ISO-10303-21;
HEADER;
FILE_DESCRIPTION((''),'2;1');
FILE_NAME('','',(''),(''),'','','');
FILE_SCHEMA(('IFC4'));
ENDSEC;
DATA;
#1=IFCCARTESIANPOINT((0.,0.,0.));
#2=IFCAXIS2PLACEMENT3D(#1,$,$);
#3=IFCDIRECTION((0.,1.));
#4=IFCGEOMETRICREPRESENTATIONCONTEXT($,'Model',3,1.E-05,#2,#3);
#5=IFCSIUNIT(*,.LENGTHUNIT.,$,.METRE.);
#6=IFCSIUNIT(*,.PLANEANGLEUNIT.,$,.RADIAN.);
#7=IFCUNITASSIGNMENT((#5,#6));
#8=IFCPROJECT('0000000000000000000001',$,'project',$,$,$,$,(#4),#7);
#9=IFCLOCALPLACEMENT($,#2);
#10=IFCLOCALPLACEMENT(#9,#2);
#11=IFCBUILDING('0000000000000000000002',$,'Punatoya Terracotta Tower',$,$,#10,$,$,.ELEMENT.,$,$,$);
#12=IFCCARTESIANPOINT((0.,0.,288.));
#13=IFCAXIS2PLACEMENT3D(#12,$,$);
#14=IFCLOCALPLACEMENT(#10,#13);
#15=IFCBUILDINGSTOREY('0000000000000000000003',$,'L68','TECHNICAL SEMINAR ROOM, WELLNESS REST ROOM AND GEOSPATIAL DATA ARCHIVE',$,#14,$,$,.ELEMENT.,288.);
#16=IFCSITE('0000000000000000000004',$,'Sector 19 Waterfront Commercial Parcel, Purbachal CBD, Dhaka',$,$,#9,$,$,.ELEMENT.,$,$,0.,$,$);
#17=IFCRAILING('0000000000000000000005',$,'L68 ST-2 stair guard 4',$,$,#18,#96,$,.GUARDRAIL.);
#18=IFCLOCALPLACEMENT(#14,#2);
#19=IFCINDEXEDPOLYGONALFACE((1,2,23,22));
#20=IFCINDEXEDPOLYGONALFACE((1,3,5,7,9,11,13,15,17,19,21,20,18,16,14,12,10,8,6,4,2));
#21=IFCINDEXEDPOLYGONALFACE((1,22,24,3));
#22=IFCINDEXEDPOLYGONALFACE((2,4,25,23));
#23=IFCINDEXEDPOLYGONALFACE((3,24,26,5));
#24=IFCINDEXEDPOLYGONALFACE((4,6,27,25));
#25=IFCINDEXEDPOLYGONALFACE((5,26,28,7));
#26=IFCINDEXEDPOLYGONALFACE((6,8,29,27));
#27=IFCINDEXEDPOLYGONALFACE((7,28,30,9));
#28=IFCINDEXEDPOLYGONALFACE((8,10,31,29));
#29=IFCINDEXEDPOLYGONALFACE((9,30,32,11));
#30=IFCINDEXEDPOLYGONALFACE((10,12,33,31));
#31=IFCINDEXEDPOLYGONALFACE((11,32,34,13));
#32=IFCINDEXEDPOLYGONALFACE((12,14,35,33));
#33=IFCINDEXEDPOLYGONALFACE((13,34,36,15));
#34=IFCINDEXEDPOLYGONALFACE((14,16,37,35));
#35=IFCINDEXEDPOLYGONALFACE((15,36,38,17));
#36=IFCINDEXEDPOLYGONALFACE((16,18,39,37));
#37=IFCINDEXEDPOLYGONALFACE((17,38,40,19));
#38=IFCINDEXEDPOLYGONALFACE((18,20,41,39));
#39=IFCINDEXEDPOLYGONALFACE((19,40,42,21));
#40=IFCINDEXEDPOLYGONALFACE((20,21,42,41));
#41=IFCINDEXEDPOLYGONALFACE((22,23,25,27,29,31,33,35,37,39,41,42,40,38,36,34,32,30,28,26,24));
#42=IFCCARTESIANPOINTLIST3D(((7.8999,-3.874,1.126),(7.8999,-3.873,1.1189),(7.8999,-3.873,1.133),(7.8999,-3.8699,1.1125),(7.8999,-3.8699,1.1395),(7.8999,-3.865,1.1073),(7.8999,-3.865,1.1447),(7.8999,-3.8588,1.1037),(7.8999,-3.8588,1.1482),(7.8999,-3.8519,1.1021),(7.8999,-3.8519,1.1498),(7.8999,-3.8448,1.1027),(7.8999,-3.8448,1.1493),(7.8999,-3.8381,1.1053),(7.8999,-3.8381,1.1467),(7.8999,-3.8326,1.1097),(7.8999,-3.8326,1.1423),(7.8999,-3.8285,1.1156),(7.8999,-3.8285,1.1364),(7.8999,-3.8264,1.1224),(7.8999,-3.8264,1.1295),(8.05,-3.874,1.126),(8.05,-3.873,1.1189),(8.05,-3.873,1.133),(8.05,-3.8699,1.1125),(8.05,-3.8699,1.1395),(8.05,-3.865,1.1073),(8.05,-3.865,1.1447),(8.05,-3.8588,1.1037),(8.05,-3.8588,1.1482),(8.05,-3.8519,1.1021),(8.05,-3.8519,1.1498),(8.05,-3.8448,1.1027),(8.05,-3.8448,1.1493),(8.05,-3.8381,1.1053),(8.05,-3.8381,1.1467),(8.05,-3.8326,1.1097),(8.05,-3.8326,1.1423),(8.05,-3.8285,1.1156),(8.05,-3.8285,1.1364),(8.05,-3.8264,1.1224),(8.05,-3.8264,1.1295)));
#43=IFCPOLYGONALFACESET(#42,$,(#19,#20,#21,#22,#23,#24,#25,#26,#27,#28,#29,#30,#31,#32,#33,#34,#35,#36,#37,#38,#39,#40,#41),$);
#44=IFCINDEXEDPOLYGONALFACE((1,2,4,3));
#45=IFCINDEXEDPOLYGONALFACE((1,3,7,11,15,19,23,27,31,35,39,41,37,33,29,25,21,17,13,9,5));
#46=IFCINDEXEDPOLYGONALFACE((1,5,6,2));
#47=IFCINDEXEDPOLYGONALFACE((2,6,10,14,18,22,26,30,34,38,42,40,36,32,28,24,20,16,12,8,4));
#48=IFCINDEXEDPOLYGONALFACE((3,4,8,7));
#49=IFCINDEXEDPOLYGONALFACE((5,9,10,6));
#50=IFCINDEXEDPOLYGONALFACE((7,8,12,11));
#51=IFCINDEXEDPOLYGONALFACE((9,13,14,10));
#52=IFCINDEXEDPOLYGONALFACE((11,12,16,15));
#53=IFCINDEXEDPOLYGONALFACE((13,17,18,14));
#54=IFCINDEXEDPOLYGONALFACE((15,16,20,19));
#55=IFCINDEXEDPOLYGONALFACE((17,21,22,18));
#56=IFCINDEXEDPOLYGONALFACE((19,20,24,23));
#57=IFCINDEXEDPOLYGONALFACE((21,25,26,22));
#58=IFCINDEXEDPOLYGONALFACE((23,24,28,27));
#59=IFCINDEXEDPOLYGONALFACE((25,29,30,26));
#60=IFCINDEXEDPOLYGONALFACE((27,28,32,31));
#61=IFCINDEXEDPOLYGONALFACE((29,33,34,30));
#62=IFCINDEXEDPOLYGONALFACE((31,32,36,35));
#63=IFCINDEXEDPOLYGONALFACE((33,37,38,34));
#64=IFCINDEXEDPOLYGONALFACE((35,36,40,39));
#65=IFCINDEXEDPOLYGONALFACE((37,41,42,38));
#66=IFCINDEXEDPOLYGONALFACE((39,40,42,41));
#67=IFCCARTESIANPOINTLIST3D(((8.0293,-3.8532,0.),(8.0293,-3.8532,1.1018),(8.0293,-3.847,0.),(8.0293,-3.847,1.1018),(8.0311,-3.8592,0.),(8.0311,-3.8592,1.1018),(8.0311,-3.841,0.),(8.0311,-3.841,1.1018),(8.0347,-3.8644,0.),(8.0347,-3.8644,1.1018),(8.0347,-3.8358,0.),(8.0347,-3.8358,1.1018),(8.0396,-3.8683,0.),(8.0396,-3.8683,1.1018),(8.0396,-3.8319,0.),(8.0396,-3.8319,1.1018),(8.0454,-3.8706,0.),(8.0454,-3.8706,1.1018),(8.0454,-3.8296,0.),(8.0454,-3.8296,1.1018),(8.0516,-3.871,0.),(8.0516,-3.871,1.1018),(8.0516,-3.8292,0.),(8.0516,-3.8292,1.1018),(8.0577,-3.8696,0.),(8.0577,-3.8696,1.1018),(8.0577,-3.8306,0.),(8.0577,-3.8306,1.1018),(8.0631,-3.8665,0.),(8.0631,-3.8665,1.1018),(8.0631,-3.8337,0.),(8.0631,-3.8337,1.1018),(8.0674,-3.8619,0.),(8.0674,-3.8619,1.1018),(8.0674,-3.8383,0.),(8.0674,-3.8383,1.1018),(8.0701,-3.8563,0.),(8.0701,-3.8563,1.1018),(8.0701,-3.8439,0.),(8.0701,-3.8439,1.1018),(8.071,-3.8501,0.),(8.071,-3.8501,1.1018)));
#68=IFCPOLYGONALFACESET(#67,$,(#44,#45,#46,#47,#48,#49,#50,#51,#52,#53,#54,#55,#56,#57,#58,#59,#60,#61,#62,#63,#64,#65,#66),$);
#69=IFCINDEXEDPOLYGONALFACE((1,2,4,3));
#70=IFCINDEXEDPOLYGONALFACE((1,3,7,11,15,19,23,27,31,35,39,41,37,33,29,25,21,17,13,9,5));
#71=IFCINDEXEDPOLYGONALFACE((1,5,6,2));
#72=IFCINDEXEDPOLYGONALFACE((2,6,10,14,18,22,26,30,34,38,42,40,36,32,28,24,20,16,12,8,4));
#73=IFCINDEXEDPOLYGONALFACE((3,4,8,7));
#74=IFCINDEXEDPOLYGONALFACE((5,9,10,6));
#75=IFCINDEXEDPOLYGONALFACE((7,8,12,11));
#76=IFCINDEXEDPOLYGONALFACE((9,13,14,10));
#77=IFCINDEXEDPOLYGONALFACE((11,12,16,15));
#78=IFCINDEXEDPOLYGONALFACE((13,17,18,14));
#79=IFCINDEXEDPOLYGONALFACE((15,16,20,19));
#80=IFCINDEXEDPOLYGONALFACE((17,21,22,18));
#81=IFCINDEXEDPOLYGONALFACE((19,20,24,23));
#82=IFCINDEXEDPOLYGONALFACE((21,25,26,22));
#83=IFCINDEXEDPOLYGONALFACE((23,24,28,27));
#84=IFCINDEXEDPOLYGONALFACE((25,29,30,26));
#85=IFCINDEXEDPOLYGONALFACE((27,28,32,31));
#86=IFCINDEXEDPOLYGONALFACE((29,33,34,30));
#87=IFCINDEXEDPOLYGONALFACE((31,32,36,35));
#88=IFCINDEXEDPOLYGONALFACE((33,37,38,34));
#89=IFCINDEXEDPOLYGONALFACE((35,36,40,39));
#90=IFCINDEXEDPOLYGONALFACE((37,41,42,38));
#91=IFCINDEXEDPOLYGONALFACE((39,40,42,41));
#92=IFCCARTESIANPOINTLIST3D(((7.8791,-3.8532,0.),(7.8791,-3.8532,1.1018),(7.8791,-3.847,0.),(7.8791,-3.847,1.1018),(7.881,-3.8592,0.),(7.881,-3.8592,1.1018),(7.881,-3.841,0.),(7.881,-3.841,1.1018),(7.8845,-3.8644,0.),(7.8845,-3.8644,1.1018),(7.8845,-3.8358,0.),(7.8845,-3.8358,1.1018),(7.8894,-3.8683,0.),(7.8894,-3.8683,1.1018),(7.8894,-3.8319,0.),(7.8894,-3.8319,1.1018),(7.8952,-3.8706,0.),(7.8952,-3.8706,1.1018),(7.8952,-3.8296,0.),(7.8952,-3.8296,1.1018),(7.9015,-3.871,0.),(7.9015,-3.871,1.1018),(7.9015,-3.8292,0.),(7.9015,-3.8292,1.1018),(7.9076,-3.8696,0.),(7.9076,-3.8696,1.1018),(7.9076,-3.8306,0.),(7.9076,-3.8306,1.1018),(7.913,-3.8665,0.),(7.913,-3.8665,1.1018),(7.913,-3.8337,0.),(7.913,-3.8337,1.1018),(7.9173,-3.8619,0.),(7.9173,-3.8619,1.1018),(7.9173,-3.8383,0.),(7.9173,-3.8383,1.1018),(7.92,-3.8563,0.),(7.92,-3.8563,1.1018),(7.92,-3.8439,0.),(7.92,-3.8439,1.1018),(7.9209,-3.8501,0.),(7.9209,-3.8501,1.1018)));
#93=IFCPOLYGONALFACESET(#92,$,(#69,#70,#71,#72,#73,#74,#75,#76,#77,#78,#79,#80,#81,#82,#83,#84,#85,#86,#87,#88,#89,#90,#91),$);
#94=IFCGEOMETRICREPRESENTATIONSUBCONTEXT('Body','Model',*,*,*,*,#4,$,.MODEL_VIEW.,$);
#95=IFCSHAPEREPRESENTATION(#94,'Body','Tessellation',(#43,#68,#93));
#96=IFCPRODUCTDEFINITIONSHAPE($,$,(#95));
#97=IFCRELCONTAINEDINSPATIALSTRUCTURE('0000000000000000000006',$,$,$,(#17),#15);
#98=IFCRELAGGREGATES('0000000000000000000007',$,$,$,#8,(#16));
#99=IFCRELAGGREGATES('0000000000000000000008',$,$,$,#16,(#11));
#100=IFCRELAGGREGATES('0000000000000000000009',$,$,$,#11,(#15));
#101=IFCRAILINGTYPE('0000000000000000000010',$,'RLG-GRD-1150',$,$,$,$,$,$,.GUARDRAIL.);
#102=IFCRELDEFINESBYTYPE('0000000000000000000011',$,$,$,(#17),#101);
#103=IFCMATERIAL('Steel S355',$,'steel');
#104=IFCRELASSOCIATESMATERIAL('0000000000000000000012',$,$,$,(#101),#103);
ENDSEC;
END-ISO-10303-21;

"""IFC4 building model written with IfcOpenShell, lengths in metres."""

from ifc_helpers import new_model, si_unit, direction, frame, origin, origin_2d, place, context, subcontext, project, spatial, circle, extrude, material, type_object, element, save


model = new_model("IFC4")

# Units and contexts
model_context = context("Model", 3, precision=1e-05, world=origin(), true_north=direction((0.0, 1.0)))
body_context = subcontext(model_context, "Body", "Model", "MODEL_VIEW")
ifc_project = project(units=[si_unit("LENGTHUNIT", "METRE"), si_unit("PLANEANGLEUNIT", "RADIAN")], contexts=[model_context])

# Site, building, storey
site_placement = place(None, origin())
site = spatial("IfcSite", under=ifc_project, at=site_placement, Name="Sector 19 Waterfront Commercial Parcel, Purbachal CBD, Dhaka", CompositionType="ELEMENT", RefElevation=0.0)
building_placement = place(site_placement, origin())
building = spatial("IfcBuilding", under=site, at=building_placement, Name="Punatoya Terracotta Tower", CompositionType="ELEMENT")
storey_placement = place(building_placement, frame((0.0, 0.0, 288.0)))
storey = spatial("IfcBuildingStorey", under=building, at=storey_placement, Name="L68", Description="TECHNICAL SEMINAR ROOM, WELLNESS REST ROOM AND GEOSPATIAL DATA ARCHIVE", CompositionType="ELEMENT", Elevation=288.0)

# Shared definitions
ifc_material_1 = material(Name="Steel S355", Category="steel")

# Railing
railing_type_1 = type_object("IfcRailingType", Name="RLG-GRD-1150", PredefinedType="GUARDRAIL", material=ifc_material_1)
railing_1_placement = place(storey_placement, frame((8.05, -3.8501, 0.0)))
element("IfcRailing", 1, at=railing_1_placement, inside=storey, type_object=railing_type_1, Name="L68 ST-2 stair guard 4", PredefinedType="GUARDRAIL", context=body_context, shape_type="SweptSolid", body=[
    extrude(circle(Radius=0.0239, at=origin_2d()), frame((0.0, 0.0, 1.126), z_axis=(-1.0, 0.0, 0.0), x_axis=(0.0, -1.0, 0.0)), (0.0, 0.0, 1.0), 0.1501),
    extrude(circle(Radius=0.021, at=origin_2d()), origin(), (0.0, 0.0, 1.0), 1.1018),
    extrude(circle(Radius=0.021, at=origin_2d()), frame((-0.1501, 0.0, 0.0)), (0.0, 0.0, 1.0), 1.1018),
])

save(model, "model.ifc")
